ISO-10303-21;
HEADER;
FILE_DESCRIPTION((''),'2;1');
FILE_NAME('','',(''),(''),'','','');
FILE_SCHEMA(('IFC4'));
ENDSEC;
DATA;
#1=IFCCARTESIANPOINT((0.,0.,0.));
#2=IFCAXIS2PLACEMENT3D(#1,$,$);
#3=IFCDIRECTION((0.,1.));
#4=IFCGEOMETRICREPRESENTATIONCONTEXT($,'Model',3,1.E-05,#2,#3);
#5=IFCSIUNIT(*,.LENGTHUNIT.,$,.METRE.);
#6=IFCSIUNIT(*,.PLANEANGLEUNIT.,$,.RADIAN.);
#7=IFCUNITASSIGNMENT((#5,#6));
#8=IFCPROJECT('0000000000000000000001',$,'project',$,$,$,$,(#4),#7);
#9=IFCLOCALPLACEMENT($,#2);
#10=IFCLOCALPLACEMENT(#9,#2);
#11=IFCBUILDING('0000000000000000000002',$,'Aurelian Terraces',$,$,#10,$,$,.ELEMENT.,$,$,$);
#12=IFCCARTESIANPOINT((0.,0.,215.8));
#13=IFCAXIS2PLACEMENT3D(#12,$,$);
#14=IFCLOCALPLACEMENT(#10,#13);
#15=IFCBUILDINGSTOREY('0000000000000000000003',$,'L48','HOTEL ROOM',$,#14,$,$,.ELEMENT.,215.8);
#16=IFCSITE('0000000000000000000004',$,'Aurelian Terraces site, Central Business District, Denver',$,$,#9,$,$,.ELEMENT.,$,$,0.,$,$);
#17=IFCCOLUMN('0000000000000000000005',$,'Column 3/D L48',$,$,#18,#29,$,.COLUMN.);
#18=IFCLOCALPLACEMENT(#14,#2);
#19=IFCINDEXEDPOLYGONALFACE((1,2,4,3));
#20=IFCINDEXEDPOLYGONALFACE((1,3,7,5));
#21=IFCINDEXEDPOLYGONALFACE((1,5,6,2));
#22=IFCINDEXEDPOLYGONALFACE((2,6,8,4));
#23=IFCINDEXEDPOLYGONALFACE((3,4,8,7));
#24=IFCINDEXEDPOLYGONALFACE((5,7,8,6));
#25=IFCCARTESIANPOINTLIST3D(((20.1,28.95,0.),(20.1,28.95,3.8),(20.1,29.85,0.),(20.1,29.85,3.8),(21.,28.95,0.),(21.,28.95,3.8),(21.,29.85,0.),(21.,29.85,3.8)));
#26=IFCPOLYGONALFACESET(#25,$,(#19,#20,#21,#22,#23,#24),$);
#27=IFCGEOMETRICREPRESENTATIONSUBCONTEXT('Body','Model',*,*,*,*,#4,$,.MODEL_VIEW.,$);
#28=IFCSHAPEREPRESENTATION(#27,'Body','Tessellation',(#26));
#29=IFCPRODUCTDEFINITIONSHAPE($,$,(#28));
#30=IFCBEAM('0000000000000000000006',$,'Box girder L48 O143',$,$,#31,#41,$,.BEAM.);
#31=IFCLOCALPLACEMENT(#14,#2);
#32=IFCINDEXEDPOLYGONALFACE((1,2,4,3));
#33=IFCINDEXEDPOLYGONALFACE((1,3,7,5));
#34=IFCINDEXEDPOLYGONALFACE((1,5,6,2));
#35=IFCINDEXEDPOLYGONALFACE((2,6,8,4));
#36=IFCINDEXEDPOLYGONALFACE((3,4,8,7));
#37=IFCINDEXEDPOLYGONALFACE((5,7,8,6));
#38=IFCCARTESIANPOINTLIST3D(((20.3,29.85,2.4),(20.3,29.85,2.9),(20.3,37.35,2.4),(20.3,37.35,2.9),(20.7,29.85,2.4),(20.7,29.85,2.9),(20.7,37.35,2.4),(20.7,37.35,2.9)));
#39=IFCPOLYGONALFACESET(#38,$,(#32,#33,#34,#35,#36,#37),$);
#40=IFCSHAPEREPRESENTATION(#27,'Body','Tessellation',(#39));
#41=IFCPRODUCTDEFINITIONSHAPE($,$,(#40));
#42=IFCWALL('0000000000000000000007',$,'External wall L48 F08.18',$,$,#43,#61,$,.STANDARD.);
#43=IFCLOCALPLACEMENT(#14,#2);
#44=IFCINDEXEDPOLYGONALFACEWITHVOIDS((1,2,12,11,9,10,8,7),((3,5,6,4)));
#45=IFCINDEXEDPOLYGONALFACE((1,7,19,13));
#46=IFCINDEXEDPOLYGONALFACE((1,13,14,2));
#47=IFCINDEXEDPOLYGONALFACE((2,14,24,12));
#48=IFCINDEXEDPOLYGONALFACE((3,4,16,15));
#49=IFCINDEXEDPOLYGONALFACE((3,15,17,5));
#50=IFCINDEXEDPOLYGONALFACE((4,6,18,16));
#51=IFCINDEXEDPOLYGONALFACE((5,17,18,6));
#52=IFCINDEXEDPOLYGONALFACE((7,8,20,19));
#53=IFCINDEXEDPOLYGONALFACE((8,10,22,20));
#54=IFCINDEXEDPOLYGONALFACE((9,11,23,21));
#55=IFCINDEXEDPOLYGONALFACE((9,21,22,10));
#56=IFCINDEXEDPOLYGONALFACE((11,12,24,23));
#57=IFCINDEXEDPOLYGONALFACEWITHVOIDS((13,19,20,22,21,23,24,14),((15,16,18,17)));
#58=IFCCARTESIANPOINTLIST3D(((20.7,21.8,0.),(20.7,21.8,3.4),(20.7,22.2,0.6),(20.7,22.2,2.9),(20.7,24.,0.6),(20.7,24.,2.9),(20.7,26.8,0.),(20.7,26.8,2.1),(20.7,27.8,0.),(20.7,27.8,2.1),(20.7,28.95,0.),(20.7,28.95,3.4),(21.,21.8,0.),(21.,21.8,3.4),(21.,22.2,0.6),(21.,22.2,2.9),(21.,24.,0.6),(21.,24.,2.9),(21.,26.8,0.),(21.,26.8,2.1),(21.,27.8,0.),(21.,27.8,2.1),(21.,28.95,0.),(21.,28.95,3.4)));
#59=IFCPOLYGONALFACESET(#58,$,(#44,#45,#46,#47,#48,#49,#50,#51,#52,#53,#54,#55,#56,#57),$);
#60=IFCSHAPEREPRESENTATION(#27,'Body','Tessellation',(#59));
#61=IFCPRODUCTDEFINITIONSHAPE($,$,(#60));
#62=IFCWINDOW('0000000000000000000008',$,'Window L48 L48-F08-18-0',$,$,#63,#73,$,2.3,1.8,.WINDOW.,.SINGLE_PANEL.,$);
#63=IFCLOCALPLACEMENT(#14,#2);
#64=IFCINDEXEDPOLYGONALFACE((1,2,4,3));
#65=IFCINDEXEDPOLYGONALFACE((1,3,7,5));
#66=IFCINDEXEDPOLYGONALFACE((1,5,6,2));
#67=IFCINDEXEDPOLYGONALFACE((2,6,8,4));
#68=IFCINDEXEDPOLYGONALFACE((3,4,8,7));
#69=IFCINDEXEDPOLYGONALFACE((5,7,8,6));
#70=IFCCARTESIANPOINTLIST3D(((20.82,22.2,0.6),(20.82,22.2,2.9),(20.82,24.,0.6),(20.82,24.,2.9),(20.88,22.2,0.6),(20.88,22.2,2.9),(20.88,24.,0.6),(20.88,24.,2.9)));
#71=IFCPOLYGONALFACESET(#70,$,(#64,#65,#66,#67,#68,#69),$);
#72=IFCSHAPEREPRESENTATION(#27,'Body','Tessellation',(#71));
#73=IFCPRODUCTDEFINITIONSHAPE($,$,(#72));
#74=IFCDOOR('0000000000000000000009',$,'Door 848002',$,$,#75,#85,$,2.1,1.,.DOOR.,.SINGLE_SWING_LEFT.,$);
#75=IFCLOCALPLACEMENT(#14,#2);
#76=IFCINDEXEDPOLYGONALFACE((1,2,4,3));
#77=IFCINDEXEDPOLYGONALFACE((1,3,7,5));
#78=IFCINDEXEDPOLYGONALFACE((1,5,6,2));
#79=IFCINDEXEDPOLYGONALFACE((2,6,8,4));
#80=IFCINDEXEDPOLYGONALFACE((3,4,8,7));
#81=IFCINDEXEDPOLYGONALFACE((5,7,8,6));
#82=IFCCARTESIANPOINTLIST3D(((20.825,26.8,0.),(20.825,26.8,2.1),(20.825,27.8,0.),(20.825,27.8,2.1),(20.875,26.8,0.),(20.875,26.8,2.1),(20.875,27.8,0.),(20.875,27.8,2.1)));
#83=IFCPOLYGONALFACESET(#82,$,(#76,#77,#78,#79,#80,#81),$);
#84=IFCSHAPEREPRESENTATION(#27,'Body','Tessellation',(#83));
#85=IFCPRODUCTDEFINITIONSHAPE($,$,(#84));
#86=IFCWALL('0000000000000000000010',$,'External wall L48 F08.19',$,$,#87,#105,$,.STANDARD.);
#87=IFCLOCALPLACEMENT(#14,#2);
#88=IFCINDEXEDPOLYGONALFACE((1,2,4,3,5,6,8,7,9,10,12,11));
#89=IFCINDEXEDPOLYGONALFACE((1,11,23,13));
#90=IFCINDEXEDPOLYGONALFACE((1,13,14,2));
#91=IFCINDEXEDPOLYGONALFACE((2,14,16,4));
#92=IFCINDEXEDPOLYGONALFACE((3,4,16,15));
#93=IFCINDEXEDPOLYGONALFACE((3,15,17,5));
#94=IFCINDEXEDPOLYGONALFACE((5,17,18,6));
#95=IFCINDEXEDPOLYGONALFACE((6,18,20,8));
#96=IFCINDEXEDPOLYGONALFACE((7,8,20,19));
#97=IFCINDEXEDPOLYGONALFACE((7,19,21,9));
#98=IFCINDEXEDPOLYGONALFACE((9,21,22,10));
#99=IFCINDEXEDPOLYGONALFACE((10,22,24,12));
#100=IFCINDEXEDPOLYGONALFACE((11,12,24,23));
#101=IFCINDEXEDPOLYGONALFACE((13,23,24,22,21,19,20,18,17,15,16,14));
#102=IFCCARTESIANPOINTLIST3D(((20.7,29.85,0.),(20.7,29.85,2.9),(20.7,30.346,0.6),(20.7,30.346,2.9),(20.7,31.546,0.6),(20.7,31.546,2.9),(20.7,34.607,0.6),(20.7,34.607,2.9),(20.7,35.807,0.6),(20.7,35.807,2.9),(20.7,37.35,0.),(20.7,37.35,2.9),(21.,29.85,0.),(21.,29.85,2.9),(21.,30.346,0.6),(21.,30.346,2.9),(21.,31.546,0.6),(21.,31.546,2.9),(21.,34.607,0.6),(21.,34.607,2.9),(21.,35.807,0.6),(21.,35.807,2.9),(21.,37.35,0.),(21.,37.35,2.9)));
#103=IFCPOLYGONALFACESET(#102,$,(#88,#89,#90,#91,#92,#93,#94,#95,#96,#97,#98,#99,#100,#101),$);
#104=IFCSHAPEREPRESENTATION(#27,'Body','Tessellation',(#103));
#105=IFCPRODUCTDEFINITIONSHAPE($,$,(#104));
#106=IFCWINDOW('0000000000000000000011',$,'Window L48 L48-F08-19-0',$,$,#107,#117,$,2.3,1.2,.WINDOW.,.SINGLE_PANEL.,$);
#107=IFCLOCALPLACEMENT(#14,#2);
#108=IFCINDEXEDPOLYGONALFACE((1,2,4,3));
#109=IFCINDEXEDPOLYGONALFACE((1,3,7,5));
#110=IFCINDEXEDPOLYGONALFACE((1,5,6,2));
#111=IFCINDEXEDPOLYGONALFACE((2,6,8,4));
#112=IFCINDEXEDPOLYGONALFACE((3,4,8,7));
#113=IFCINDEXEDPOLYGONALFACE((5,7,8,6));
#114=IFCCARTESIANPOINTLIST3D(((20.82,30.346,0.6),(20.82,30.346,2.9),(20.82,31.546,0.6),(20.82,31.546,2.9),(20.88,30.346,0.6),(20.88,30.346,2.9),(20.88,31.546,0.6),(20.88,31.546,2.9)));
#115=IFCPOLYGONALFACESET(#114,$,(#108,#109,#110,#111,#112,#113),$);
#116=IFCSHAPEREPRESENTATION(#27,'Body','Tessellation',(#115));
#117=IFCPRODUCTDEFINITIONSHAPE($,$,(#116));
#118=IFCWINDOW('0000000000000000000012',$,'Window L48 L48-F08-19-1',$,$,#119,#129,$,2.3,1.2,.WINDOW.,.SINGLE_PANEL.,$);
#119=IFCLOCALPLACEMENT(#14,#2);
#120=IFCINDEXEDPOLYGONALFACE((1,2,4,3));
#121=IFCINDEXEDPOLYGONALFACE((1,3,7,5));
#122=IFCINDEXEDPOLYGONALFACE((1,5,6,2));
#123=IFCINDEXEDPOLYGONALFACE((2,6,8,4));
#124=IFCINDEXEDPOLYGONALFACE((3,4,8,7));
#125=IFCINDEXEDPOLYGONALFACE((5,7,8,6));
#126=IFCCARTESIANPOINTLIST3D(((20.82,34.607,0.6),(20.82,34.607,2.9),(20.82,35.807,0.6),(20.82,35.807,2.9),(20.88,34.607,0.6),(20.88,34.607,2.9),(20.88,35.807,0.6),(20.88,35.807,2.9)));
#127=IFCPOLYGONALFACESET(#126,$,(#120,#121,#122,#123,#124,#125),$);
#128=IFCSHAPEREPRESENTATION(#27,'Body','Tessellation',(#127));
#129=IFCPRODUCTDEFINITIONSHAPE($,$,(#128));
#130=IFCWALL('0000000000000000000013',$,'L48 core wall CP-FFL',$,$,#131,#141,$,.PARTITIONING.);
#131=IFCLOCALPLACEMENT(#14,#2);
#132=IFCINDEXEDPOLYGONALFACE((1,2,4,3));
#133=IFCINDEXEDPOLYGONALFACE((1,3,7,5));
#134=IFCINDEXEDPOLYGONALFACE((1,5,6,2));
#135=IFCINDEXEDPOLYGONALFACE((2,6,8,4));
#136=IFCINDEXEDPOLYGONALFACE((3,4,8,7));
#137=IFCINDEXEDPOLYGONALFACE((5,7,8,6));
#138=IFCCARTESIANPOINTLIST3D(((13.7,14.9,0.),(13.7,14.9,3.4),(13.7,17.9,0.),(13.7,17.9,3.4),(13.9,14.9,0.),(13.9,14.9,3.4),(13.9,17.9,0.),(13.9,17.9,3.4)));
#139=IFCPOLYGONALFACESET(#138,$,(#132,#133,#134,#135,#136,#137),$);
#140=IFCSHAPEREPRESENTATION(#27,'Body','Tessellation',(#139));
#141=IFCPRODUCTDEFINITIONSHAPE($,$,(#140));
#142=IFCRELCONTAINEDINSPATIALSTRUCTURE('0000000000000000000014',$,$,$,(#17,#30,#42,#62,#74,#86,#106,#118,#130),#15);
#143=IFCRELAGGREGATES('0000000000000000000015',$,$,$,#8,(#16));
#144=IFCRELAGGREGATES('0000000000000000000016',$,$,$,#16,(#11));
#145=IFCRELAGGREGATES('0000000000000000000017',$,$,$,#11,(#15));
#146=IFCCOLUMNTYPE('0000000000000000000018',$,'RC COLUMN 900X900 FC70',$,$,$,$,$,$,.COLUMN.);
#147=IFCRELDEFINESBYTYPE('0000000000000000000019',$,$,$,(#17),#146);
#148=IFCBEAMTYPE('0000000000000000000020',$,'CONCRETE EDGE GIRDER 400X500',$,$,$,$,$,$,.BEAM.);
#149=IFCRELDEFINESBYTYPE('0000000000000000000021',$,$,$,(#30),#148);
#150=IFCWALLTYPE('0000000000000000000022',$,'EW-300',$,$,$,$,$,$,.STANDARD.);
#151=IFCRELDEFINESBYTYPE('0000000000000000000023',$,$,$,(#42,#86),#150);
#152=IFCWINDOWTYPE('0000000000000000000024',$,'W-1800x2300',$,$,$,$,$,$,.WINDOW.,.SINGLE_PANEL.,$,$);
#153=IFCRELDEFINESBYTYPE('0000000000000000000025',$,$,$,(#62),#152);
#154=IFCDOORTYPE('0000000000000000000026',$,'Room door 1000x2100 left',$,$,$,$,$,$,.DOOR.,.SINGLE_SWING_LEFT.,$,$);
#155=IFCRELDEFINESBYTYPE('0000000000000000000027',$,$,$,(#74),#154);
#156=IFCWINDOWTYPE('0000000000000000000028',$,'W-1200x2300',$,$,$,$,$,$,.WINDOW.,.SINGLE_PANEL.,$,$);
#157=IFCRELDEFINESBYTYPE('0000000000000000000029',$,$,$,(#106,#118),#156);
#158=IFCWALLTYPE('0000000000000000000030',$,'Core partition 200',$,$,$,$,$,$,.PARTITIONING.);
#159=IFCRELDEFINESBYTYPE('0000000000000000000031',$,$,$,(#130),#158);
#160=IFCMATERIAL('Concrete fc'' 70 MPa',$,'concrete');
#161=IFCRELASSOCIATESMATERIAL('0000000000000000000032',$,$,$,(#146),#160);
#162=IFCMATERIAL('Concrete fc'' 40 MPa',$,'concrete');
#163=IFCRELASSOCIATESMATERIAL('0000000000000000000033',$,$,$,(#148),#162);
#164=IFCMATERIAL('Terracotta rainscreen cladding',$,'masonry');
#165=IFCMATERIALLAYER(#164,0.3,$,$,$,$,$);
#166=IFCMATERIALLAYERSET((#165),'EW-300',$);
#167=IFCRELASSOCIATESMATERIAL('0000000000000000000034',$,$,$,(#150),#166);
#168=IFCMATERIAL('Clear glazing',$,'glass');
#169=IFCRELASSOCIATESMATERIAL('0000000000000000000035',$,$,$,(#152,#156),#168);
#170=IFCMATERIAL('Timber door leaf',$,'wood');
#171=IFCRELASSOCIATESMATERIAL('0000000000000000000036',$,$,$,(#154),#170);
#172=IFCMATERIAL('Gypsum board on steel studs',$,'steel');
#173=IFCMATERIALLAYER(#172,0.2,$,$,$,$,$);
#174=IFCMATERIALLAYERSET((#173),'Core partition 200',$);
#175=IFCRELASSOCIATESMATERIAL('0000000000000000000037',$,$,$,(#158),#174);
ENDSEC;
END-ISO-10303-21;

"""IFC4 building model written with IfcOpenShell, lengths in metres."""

from ifc_helpers import new_model, si_unit, direction, frame, frame_2d, origin, origin_2d, place, context, subcontext, project, spatial, rectangle, extrude, source, transform, mapped, material, layer, layer_set, material_profile, profile_set, type_object, element, fill, save


model = new_model("IFC4")

# Units and contexts
model_context = context("Model", 3, precision=1e-05, world=origin(), true_north=direction((0.0, 1.0)))
body_context = subcontext(model_context, "Body", "Model", "MODEL_VIEW")
ifc_project = project(units=[si_unit("LENGTHUNIT", "METRE"), si_unit("PLANEANGLEUNIT", "RADIAN")], contexts=[model_context])

# Site, building, storey
site_placement = place(None, origin())
site = spatial("IfcSite", under=ifc_project, at=site_placement, Name="Aurelian Terraces site, Central Business District, Denver", CompositionType="ELEMENT", RefElevation=0.0)
building_placement = place(site_placement, origin())
building = spatial("IfcBuilding", under=site, at=building_placement, Name="Aurelian Terraces", CompositionType="ELEMENT")
storey_placement = place(building_placement, frame((0.0, 0.0, 215.8)))
storey = spatial("IfcBuildingStorey", under=building, at=storey_placement, Name="L48", Description="HOTEL ROOM", CompositionType="ELEMENT", Elevation=215.8)

# Column
ifc_material_1 = material(Name="Concrete fc' 70 MPa", Category="concrete")
ifc_material_profile_1 = material_profile(ifc_material_1, rectangle(XDim=0.9, YDim=0.9, at=origin_2d()))
ifc_profile_set_1 = profile_set([ifc_material_profile_1], Name="Concrete fc' 70 MPa")
column_type = type_object("IfcColumnType", Name="RC COLUMN 900X900 FC70", PredefinedType="COLUMN", material=ifc_profile_set_1)
shared_shape_1 = source(origin(), body_context, "Body", "SweptSolid", [
    extrude(rectangle(XDim=0.9, YDim=0.9, at=origin_2d()), origin(), (0.0, 0.0, 1.0), 3.8),
])
column_placement = place(storey_placement, frame((20.55, 29.4, 0.0), z_axis=(0.0, 0.0, 1.0), x_axis=(1.0, 0.0, 0.0)))
element("IfcColumn", 1, at=column_placement, inside=storey, type_object=column_type, Name="Column 3/D L48", PredefinedType="COLUMN", context=body_context, shape_type="MappedRepresentation", body=[
    mapped(shared_shape_1, transform((0.0, 0.0, 0.0), scale=1.0)),
])

# Beam
ifc_material_2 = material(Name="Concrete fc' 40 MPa", Category="concrete")
ifc_material_profile_2 = material_profile(ifc_material_2, rectangle(XDim=0.4, YDim=0.5, at=origin_2d()))
ifc_profile_set_2 = profile_set([ifc_material_profile_2], Name="Concrete fc' 40 MPa")
beam_type = type_object("IfcBeamType", Name="CONCRETE EDGE GIRDER 400X500", PredefinedType="BEAM", material=ifc_profile_set_2)
shared_shape_2 = source(origin(), body_context, "Body", "SweptSolid", [
    extrude(rectangle(XDim=0.4, YDim=0.5, at=origin_2d()), origin(), (0.0, 0.0, 1.0), 7.5),
])
beam_placement = place(storey_placement, frame((20.5, 29.85, 2.65), z_axis=(0.0, 1.0, 0.0), x_axis=(-1.0, 0.0, 0.0)))
element("IfcBeam", 2, at=beam_placement, inside=storey, type_object=beam_type, Name="Box girder L48 O143", PredefinedType="BEAM", context=body_context, shape_type="MappedRepresentation", body=[
    mapped(shared_shape_2, transform((0.0, 0.0, 0.0), scale=1.0)),
])

# Wall, openings, window, door
ifc_material_3 = material(Name="Terracotta rainscreen cladding", Category="masonry")
ifc_layer_1 = layer(ifc_material_3, 0.3)
ifc_layer_set_1 = layer_set([ifc_layer_1], Name="EW-300")
wall_type_1 = type_object("IfcWallType", Name="EW-300", PredefinedType="STANDARD", material=ifc_layer_set_1)
shared_shape_3 = source(origin(), body_context, "Body", "SweptSolid", [
    extrude(rectangle(XDim=7.15, YDim=0.3, at=frame_2d((3.575, 0.0))), origin(), (0.0, 0.0, 1.0), 3.4),
])
wall_1_placement = place(storey_placement, frame((20.85, 21.8, 0.0), z_axis=(0.0, 0.0, 1.0), x_axis=(0.0, 1.0, 0.0)))
wall_1 = element("IfcWall", 3, at=wall_1_placement, inside=storey, type_object=wall_type_1, Name="External wall L48 F08.18", PredefinedType="STANDARD", context=body_context, shape_type="MappedRepresentation", body=[
    mapped(shared_shape_3, transform((0.0, 0.0, 0.0), scale=1.0)),
])
shared_shape_4 = source(origin(), body_context, "Body", "SweptSolid", [
    extrude(rectangle(XDim=1.8, YDim=2.3, at=frame_2d((0.9, 1.15))), frame((0.0, 0.16, 0.0), z_axis=(0.0, -1.0, 0.0), x_axis=(1.0, 0.0, 0.0)), (0.0, 0.0, 1.0), 0.32),
])
opening_1_placement = place(wall_1_placement, frame((0.4, 0.0, 0.6)))
opening_1 = element("IfcOpeningElement", 4, at=opening_1_placement, cuts=wall_1, PredefinedType="OPENING", context=body_context, shape_type="MappedRepresentation", body=[
    mapped(shared_shape_4, transform((0.0, 0.0, 0.0), scale=1.0)),
])
shared_shape_5 = source(origin(), body_context, "Body", "SweptSolid", [
    extrude(rectangle(XDim=1.0, YDim=2.1, at=frame_2d((0.5, 1.05))), frame((0.0, 0.16, 0.0), z_axis=(0.0, -1.0, 0.0), x_axis=(1.0, 0.0, 0.0)), (0.0, 0.0, 1.0), 0.32),
])
opening_2_placement = place(wall_1_placement, frame((5.0, 0.0, 0.0)))
opening_2 = element("IfcOpeningElement", 5, at=opening_2_placement, cuts=wall_1, PredefinedType="OPENING", context=body_context, shape_type="MappedRepresentation", body=[
    mapped(shared_shape_5, transform((0.0, 0.0, 0.0), scale=1.0)),
])
ifc_material_4 = material(Name="Clear glazing", Category="glass")
window_type_1 = type_object("IfcWindowType", Name="W-1800x2300", PartitioningType="SINGLE_PANEL", PredefinedType="WINDOW", material=ifc_material_4)
shared_shape_6 = source(origin(), body_context, "Body", "SweptSolid", [
    extrude(rectangle(XDim=1.8, YDim=2.3, at=frame_2d((0.9, 1.15))), frame((0.0, 0.03, 0.0), z_axis=(0.0, -1.0, 0.0), x_axis=(1.0, 0.0, 0.0)), (0.0, 0.0, 1.0), 0.06),
])
window_1_placement = place(opening_1_placement, origin())
window_1 = element("IfcWindow", 6, at=window_1_placement, inside=storey, type_object=window_type_1, Name="Window L48 L48-F08-18-0", OverallHeight=2.3, OverallWidth=1.8, PartitioningType="SINGLE_PANEL", PredefinedType="WINDOW", context=body_context, shape_type="MappedRepresentation", body=[
    mapped(shared_shape_6, transform((0.0, 0.0, 0.0), scale=1.0)),
])
fill(opening_1, window_1)
ifc_material_5 = material(Name="Timber door leaf", Category="wood")
door_type_1 = type_object("IfcDoorType", Name="Room door 1000x2100 left", OperationType="SINGLE_SWING_LEFT", PredefinedType="DOOR", material=ifc_material_5)
shared_shape_7 = source(origin(), body_context, "Body", "SweptSolid", [
    extrude(rectangle(XDim=1.0, YDim=2.1, at=frame_2d((0.5, 1.05))), frame((0.0, 0.025, 0.0), z_axis=(0.0, -1.0, 0.0), x_axis=(1.0, 0.0, 0.0)), (0.0, 0.0, 1.0), 0.05),
])
door_1_placement = place(opening_2_placement, origin())
door_1 = element("IfcDoor", 7, at=door_1_placement, inside=storey, type_object=door_type_1, Name="Door 848002", OperationType="SINGLE_SWING_LEFT", OverallHeight=2.1, OverallWidth=1.0, PredefinedType="DOOR", context=body_context, shape_type="MappedRepresentation", body=[
    mapped(shared_shape_7, transform((0.0, 0.0, 0.0), scale=1.0)),
])
fill(opening_2, door_1)

# Wall, openings, windows
shared_shape_8 = source(origin(), body_context, "Body", "SweptSolid", [
    extrude(rectangle(XDim=7.5, YDim=0.3, at=frame_2d((3.75, 0.0))), origin(), (0.0, 0.0, 1.0), 2.9),
])
wall_2_placement = place(storey_placement, frame((20.85, 29.85, 0.0), z_axis=(0.0, 0.0, 1.0), x_axis=(0.0, 1.0, 0.0)))
wall_2 = element("IfcWall", 8, at=wall_2_placement, inside=storey, type_object=wall_type_1, Name="External wall L48 F08.19", PredefinedType="STANDARD", context=body_context, shape_type="MappedRepresentation", body=[
    mapped(shared_shape_8, transform((0.0, 0.0, 0.0), scale=1.0)),
])
shared_shape_9 = source(origin(), body_context, "Body", "SweptSolid", [
    extrude(rectangle(XDim=1.2, YDim=2.3, at=frame_2d((0.6, 1.15))), frame((0.0, 0.16, 0.0), z_axis=(0.0, -1.0, 0.0), x_axis=(1.0, 0.0, 0.0)), (0.0, 0.0, 1.0), 0.32),
])
opening_3_placement = place(wall_2_placement, frame((0.496, 0.0, 0.6)))
opening_3 = element("IfcOpeningElement", 9, at=opening_3_placement, cuts=wall_2, PredefinedType="OPENING", context=body_context, shape_type="MappedRepresentation", body=[
    mapped(shared_shape_9, transform((0.0, 0.0, 0.0), scale=1.0)),
])
opening_4_placement = place(wall_2_placement, frame((4.757, 0.0, 0.6)))
opening_4 = element("IfcOpeningElement", 10, at=opening_4_placement, cuts=wall_2, PredefinedType="OPENING", context=body_context, shape_type="MappedRepresentation", body=[
    mapped(shared_shape_9, transform((0.0, 0.0, 0.0), scale=1.0)),
])
window_type_2 = type_object("IfcWindowType", Name="W-1200x2300", PartitioningType="SINGLE_PANEL", PredefinedType="WINDOW", material=ifc_material_4)
shared_shape_10 = source(origin(), body_context, "Body", "SweptSolid", [
    extrude(rectangle(XDim=1.2, YDim=2.3, at=frame_2d((0.6, 1.15))), frame((0.0, 0.03, 0.0), z_axis=(0.0, -1.0, 0.0), x_axis=(1.0, 0.0, 0.0)), (0.0, 0.0, 1.0), 0.06),
])
window_2_placement = place(opening_3_placement, origin())
window_2 = element("IfcWindow", 11, at=window_2_placement, inside=storey, type_object=window_type_2, Name="Window L48 L48-F08-19-0", OverallHeight=2.3, OverallWidth=1.2, PartitioningType="SINGLE_PANEL", PredefinedType="WINDOW", context=body_context, shape_type="MappedRepresentation", body=[
    mapped(shared_shape_10, transform((0.0, 0.0, 0.0), scale=1.0)),
])
fill(opening_3, window_2)
window_3_placement = place(opening_4_placement, origin())
window_3 = element("IfcWindow", 12, at=window_3_placement, inside=storey, type_object=window_type_2, Name="Window L48 L48-F08-19-1", OverallHeight=2.3, OverallWidth=1.2, PartitioningType="SINGLE_PANEL", PredefinedType="WINDOW", context=body_context, shape_type="MappedRepresentation", body=[
    mapped(shared_shape_10, transform((0.0, 0.0, 0.0), scale=1.0)),
])
fill(opening_4, window_3)

# Wall
ifc_material_6 = material(Name="Gypsum board on steel studs", Category="steel")
ifc_layer_2 = layer(ifc_material_6, 0.2)
ifc_layer_set_2 = layer_set([ifc_layer_2], Name="Core partition 200")
wall_type_2 = type_object("IfcWallType", Name="Core partition 200", PredefinedType="PARTITIONING", material=ifc_layer_set_2)
shared_shape_11 = source(origin(), body_context, "Body", "SweptSolid", [
    extrude(rectangle(XDim=3.0, YDim=0.2, at=frame_2d((1.5, 0.0))), origin(), (0.0, 0.0, 1.0), 3.4),
])
wall_3_placement = place(storey_placement, frame((13.8, 14.9, 0.0), z_axis=(0.0, 0.0, 1.0), x_axis=(0.0, 1.0, 0.0)))
element("IfcWall", 13, at=wall_3_placement, inside=storey, type_object=wall_type_2, Name="L48 core wall CP-FFL", PredefinedType="PARTITIONING", context=body_context, shape_type="MappedRepresentation", body=[
    mapped(shared_shape_11, transform((0.0, 0.0, 0.0), scale=1.0)),
])

save(model, "model.ifc")
